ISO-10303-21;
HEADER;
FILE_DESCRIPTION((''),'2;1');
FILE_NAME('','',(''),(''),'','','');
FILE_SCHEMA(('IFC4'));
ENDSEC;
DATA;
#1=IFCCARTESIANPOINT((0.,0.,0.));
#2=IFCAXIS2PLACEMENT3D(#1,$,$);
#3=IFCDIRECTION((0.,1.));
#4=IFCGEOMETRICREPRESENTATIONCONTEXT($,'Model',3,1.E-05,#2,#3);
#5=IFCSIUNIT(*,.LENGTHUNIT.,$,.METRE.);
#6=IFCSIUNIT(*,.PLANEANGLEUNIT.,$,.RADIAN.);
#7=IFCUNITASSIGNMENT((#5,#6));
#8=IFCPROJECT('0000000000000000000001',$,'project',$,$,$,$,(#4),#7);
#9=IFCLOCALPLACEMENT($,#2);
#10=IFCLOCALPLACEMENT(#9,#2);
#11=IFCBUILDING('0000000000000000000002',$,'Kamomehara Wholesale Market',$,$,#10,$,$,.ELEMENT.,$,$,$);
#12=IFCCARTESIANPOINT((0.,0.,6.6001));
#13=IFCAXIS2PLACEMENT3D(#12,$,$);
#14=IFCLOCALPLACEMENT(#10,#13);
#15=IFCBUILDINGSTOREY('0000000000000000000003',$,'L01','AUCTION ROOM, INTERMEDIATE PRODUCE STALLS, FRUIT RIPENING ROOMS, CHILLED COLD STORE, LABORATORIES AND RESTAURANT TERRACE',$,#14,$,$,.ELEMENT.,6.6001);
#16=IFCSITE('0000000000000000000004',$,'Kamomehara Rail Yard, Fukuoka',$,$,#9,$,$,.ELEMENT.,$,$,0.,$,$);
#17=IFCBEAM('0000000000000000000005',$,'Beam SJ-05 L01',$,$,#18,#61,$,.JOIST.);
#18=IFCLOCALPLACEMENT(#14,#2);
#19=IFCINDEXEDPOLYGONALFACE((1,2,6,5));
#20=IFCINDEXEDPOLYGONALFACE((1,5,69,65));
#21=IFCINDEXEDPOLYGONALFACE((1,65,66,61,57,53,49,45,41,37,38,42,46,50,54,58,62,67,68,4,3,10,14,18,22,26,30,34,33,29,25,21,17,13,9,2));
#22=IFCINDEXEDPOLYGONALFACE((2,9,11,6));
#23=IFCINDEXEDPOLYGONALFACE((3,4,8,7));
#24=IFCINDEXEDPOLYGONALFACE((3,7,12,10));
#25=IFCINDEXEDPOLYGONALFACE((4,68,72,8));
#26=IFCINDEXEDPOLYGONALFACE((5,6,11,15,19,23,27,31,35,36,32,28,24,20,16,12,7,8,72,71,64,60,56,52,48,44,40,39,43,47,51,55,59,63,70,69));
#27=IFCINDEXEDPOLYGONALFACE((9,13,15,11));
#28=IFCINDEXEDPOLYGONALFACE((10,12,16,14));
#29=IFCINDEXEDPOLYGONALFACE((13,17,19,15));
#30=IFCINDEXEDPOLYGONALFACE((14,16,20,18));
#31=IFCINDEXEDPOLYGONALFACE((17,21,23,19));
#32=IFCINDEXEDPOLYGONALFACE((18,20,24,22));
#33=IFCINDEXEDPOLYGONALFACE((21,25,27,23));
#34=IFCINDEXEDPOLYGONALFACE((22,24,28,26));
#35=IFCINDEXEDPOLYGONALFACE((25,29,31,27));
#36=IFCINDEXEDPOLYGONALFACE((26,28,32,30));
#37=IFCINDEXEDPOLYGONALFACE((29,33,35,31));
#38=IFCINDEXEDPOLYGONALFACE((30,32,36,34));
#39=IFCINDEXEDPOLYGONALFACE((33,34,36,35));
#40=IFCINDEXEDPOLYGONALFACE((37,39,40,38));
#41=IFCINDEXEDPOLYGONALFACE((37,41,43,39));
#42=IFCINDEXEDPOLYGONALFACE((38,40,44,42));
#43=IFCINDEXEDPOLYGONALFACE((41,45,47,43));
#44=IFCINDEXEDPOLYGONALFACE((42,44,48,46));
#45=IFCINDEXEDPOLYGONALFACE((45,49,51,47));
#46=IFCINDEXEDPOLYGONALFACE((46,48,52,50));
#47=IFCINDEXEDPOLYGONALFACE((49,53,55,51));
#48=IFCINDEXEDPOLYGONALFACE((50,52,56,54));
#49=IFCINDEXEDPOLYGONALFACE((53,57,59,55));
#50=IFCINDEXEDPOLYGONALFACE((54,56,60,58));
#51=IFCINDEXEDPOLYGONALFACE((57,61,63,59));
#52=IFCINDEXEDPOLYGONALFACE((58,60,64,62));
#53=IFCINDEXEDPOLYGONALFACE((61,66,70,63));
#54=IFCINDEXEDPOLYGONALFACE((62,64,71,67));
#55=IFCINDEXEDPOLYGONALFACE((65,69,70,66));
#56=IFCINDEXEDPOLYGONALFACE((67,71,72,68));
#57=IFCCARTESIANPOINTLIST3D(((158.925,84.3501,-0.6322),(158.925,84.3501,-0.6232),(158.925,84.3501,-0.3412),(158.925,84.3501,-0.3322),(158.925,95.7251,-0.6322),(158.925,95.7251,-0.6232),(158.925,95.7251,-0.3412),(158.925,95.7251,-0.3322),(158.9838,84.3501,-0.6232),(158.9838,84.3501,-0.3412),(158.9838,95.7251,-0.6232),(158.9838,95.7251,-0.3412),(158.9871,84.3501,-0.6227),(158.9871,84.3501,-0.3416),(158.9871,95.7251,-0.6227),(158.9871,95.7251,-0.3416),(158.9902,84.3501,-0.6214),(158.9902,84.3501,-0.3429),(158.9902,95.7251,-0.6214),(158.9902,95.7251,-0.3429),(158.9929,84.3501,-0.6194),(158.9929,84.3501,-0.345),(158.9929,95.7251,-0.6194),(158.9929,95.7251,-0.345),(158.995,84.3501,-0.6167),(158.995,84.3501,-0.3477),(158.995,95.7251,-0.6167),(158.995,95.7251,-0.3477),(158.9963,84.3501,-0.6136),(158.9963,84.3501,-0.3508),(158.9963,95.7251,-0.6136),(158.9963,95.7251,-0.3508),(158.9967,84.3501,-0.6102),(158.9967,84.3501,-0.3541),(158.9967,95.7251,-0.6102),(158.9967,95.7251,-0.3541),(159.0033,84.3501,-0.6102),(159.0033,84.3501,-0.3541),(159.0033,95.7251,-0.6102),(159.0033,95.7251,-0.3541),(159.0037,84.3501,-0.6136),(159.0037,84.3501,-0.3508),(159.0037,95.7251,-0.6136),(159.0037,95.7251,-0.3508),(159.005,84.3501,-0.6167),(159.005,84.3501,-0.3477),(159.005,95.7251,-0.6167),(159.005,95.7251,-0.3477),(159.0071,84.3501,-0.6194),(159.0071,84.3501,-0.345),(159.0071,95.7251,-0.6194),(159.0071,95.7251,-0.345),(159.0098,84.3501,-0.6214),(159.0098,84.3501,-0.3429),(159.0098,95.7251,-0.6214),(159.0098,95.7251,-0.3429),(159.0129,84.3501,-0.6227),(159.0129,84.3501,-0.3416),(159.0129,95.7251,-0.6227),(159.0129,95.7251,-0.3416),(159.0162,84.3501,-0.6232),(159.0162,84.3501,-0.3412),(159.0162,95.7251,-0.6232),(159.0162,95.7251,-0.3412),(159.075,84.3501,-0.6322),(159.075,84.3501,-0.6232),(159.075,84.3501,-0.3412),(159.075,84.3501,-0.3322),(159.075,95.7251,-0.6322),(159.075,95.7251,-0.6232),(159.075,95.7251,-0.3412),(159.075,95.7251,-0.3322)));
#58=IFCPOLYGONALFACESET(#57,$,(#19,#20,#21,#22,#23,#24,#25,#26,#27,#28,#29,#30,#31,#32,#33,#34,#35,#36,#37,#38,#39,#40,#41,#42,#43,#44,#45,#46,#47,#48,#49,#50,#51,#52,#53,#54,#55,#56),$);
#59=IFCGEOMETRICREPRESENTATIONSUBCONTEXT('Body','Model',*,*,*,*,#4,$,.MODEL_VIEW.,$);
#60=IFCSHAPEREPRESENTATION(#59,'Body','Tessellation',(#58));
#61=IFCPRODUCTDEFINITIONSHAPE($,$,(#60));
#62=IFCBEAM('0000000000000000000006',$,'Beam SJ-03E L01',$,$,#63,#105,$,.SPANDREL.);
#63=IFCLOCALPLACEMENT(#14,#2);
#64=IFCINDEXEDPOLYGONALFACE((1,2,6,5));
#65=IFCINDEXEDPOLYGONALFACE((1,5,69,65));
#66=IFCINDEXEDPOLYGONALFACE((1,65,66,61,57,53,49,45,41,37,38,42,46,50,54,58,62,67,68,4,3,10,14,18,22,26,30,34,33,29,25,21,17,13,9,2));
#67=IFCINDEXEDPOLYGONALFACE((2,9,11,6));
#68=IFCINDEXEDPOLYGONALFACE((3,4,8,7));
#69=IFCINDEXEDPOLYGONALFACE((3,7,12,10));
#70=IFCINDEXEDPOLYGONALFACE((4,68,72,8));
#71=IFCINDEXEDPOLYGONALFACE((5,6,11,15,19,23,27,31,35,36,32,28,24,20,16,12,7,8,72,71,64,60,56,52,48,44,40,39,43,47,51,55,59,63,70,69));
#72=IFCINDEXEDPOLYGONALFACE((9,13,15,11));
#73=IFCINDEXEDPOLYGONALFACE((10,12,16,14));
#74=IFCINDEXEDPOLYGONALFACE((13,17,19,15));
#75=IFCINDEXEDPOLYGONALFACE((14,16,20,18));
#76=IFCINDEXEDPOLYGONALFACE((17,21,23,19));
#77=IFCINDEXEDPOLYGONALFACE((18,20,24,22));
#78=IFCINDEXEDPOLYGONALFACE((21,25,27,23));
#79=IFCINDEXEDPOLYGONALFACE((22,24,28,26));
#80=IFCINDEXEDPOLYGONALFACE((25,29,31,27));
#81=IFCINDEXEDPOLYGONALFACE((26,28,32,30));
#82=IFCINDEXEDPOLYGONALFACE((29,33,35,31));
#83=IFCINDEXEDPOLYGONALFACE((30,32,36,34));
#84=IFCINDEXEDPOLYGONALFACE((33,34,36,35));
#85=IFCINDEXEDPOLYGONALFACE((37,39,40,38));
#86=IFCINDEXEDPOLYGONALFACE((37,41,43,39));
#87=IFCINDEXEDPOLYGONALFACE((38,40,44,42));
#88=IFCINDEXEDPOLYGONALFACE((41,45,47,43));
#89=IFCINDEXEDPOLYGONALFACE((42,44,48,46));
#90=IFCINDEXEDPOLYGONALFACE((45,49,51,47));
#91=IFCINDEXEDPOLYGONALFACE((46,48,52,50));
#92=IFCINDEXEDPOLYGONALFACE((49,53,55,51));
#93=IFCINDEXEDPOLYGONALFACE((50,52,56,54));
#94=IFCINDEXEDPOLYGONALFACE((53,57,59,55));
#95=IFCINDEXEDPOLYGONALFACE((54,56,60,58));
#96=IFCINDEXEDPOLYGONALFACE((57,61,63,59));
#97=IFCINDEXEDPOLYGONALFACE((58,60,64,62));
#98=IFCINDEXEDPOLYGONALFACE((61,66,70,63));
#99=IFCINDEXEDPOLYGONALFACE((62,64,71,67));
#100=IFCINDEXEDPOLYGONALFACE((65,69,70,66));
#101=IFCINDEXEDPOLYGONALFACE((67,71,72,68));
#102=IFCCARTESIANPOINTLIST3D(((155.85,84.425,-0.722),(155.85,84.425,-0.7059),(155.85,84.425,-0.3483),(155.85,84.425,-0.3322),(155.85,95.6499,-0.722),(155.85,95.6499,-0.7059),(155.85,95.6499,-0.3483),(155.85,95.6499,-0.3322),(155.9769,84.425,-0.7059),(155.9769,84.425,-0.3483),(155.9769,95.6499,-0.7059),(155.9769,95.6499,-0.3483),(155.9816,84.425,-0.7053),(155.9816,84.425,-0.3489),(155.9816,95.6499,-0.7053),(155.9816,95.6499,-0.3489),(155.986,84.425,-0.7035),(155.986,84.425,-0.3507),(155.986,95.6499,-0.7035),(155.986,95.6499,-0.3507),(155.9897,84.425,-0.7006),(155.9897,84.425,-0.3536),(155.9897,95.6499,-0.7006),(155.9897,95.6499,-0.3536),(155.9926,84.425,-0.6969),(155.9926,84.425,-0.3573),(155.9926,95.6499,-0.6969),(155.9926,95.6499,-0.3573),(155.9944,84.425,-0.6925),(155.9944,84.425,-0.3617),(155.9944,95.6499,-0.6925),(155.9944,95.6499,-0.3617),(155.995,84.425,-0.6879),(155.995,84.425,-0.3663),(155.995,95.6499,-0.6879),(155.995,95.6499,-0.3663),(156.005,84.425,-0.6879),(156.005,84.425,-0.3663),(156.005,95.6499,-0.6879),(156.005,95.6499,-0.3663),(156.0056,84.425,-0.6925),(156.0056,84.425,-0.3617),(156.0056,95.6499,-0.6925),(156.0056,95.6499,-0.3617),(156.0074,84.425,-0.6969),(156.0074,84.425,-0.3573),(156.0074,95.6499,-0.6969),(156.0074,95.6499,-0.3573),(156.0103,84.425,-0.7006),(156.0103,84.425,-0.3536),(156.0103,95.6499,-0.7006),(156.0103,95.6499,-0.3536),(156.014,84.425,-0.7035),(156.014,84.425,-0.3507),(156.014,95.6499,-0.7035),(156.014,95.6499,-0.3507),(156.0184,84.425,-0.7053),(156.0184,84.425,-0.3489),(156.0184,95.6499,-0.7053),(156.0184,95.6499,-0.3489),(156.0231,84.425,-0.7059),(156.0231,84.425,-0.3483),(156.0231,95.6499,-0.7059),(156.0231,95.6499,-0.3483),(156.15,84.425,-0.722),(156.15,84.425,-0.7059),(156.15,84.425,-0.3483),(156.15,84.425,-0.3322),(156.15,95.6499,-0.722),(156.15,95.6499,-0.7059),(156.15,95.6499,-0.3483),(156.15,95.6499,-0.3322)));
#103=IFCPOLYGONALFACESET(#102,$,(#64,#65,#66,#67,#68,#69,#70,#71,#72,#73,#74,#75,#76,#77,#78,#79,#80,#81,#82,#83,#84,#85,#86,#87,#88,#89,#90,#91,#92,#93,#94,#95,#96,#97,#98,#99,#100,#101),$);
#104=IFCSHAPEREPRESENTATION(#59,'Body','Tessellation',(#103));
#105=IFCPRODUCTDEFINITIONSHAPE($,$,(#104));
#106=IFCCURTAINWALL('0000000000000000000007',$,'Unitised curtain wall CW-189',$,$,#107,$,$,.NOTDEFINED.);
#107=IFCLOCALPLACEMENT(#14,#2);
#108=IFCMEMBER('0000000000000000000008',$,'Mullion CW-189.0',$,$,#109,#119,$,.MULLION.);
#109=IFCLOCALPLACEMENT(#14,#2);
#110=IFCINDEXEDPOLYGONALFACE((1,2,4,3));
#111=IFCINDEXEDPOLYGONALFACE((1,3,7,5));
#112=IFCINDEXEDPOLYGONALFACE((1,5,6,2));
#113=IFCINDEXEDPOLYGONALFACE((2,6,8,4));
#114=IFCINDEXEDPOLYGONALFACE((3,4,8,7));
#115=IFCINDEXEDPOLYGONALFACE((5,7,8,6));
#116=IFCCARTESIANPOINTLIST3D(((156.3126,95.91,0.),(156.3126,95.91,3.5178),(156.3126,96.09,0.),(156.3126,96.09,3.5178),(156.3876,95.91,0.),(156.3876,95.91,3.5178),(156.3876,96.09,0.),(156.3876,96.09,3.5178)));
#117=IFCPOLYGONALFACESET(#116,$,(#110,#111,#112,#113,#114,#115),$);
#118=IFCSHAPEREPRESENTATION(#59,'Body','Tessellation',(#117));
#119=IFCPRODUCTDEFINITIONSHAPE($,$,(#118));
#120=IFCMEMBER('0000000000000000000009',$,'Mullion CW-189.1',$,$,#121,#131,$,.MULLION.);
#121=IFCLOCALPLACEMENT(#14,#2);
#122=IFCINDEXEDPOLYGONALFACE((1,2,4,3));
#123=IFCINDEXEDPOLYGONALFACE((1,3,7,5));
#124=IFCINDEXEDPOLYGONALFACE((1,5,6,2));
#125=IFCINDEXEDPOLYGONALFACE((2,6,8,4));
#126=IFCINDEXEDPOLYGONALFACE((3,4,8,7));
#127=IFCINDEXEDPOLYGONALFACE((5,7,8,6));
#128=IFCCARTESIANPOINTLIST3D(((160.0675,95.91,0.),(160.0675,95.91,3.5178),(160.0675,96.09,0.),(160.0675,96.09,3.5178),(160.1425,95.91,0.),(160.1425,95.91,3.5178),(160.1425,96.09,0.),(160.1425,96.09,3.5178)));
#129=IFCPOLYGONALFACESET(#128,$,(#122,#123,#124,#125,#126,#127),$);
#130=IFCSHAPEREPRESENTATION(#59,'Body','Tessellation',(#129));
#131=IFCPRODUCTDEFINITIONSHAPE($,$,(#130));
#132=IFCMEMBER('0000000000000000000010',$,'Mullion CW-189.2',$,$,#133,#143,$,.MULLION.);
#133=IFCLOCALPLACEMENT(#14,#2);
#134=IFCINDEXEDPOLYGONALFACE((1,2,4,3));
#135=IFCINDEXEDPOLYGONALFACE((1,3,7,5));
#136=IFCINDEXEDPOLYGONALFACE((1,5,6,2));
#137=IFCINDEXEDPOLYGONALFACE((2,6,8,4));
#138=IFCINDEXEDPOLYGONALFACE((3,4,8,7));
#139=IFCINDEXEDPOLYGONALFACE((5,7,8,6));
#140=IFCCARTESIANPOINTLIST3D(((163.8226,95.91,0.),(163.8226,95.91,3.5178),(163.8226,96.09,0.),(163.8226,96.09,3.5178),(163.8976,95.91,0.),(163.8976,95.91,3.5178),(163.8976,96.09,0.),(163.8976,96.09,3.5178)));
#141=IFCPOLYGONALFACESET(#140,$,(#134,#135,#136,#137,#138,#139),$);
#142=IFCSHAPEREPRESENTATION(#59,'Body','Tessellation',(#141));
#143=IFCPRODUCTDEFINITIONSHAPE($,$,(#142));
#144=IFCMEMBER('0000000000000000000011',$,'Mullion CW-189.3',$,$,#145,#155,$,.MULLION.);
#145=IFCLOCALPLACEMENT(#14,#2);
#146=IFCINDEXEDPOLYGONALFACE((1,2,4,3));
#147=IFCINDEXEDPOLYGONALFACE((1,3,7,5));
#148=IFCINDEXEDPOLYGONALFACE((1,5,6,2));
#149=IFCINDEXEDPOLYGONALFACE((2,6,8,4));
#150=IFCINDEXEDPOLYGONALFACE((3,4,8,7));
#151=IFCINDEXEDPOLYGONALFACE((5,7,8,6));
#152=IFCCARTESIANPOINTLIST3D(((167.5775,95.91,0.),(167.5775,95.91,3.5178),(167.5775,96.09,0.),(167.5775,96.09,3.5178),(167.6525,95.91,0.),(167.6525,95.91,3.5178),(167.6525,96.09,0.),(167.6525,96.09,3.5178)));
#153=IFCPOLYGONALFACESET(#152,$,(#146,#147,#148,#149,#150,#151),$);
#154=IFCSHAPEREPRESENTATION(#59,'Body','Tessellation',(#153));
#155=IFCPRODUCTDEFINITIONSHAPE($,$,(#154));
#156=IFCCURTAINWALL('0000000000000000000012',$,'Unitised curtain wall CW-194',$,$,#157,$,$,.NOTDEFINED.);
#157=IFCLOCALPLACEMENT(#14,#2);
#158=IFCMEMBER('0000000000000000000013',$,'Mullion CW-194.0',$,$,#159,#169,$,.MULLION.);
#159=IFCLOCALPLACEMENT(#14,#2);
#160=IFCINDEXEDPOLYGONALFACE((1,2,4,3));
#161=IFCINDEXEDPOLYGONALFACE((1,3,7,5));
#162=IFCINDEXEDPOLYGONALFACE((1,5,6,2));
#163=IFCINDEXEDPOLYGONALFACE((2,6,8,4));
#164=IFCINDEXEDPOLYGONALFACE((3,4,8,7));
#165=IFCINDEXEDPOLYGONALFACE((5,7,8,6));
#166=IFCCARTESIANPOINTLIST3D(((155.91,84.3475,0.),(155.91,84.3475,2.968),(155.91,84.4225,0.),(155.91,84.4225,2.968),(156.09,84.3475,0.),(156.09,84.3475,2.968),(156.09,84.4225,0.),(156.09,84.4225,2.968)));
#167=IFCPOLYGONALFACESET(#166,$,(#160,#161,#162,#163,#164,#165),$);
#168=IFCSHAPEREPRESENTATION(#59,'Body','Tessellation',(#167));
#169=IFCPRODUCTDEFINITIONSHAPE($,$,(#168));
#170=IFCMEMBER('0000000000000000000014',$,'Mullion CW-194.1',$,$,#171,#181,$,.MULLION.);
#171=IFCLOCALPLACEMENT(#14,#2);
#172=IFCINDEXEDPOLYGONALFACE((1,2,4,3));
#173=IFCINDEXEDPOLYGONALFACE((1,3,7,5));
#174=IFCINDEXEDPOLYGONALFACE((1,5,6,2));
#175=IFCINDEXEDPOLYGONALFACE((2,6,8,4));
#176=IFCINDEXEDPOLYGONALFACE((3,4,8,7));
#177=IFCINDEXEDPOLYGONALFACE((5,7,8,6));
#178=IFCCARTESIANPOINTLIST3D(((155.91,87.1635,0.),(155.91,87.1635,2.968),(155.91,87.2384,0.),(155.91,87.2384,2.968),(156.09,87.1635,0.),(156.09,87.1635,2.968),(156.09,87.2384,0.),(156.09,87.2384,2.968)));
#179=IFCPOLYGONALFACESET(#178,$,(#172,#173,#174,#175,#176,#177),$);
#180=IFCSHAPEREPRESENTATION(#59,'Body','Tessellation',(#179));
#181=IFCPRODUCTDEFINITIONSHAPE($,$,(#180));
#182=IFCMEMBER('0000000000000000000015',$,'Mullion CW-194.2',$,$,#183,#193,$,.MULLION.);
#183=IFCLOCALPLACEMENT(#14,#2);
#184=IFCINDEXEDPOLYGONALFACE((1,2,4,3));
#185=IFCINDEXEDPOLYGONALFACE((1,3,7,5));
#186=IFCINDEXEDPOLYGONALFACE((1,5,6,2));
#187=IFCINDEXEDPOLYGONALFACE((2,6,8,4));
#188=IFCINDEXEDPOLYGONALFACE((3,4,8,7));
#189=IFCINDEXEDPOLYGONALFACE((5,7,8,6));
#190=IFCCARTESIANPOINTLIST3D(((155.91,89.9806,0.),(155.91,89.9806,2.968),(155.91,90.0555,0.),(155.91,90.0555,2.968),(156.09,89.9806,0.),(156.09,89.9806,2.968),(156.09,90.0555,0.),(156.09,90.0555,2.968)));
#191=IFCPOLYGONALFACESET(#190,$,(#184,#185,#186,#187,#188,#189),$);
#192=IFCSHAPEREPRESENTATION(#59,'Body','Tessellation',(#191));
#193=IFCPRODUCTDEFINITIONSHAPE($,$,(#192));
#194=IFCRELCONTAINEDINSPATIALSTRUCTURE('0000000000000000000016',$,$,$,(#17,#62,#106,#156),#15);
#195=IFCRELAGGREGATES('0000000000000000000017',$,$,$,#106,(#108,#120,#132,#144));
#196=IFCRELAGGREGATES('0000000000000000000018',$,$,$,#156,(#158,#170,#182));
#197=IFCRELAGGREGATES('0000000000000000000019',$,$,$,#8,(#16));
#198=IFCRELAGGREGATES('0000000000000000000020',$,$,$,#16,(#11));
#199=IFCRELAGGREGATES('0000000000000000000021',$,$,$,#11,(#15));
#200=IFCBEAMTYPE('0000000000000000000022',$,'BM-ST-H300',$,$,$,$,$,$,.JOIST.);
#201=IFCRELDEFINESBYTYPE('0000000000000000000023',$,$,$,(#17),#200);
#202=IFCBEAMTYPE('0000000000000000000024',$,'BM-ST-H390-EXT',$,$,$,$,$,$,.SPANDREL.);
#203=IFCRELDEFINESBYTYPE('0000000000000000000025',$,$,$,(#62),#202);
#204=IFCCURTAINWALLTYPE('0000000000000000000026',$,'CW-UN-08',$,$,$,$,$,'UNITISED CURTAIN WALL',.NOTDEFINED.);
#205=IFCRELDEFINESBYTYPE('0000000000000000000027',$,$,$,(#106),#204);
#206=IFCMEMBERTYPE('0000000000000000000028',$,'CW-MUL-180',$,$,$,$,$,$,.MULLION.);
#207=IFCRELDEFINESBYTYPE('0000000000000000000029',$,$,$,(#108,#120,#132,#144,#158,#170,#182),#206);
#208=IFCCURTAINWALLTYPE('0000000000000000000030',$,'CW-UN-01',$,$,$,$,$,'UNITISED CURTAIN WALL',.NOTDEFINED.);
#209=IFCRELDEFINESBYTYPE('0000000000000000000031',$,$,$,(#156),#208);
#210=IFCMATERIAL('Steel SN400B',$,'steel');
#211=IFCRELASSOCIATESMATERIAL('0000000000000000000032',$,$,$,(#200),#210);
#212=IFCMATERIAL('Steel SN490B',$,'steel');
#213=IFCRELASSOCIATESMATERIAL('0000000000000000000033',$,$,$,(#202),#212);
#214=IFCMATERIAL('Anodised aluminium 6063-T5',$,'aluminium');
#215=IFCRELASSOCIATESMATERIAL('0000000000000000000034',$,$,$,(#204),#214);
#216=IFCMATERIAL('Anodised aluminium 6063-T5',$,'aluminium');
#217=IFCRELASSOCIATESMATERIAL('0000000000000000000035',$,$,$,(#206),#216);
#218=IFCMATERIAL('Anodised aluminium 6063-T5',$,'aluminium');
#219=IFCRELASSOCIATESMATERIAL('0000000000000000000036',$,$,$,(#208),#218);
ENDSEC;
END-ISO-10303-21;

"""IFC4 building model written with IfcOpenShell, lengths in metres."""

from ifc_helpers import new_model, si_unit, direction, frame, origin, origin_2d, place, context, subcontext, project, spatial, rectangle, i_section, extrude, material, material_profile, profile_set, type_object, element, aggregate, save


model = new_model("IFC4")

# Units and contexts
model_context = context("Model", 3, precision=1e-05, world=origin(), true_north=direction((0.0, 1.0)))
body_context = subcontext(model_context, "Body", "Model", "MODEL_VIEW")
ifc_project = project(units=[si_unit("LENGTHUNIT", "METRE"), si_unit("PLANEANGLEUNIT", "RADIAN")], contexts=[model_context])

# Site, building, storey
site_placement = place(None, origin())
site = spatial("IfcSite", under=ifc_project, at=site_placement, Name="Kamomehara Rail Yard, Fukuoka", CompositionType="ELEMENT", RefElevation=0.0)
building_placement = place(site_placement, origin())
building = spatial("IfcBuilding", under=site, at=building_placement, Name="Kamomehara Wholesale Market", CompositionType="ELEMENT")
storey_placement = place(building_placement, frame((0.0, 0.0, 6.6001)))
storey = spatial("IfcBuildingStorey", under=building, at=storey_placement, Name="L01", Description="AUCTION ROOM, INTERMEDIATE PRODUCE STALLS, FRUIT RIPENING ROOMS, CHILLED COLD STORE, LABORATORIES AND RESTAURANT TERRACE", CompositionType="ELEMENT", Elevation=6.6001)

# Beams
ifc_material_1 = material(Name="Steel SN400B", Category="steel")
ifc_material_profile_1 = material_profile(ifc_material_1, i_section(OverallWidth=0.1499, OverallDepth=0.3, WebThickness=0.0066, FlangeThickness=0.009, FilletRadius=0.0129, at=origin_2d()), Name="H-300x150x6.5x9")
ifc_profile_set_1 = profile_set([ifc_material_profile_1], Name="Steel SN400B")
beam_type_1 = type_object("IfcBeamType", Name="BM-ST-H300", PredefinedType="JOIST", material=ifc_profile_set_1)
beam_1_placement = place(storey_placement, frame((159.0, 84.3501, -0.4822), z_axis=(0.0, 1.0, 0.0), x_axis=(-1.0, 0.0, 0.0)))
element("IfcBeam", 1, at=beam_1_placement, inside=storey, type_object=beam_type_1, Name="Beam SJ-05 L01", PredefinedType="JOIST", context=body_context, shape_type="SweptSolid", body=[
    extrude(i_section(OverallWidth=0.1499, OverallDepth=0.3, WebThickness=0.0066, FlangeThickness=0.009, FilletRadius=0.0129, at=origin_2d()), origin(), (0.0, 0.0, 1.0), 11.375),
])
ifc_material_2 = material(Name="Steel SN490B", Category="steel")
ifc_material_profile_2 = material_profile(ifc_material_2, i_section(OverallWidth=0.3, OverallDepth=0.3899, WebThickness=0.01, FlangeThickness=0.0161, FilletRadius=0.0181, at=origin_2d()), Name="H-390x300x10x16")
ifc_profile_set_2 = profile_set([ifc_material_profile_2], Name="Steel SN490B")
beam_type_2 = type_object("IfcBeamType", Name="BM-ST-H390-EXT", PredefinedType="SPANDREL", material=ifc_profile_set_2)
beam_2_placement = place(storey_placement, frame((156.0, 84.425, -0.5271), z_axis=(0.0, 1.0, 0.0), x_axis=(-1.0, 0.0, 0.0)))
element("IfcBeam", 2, at=beam_2_placement, inside=storey, type_object=beam_type_2, Name="Beam SJ-03E L01", PredefinedType="SPANDREL", context=body_context, shape_type="SweptSolid", body=[
    extrude(i_section(OverallWidth=0.3, OverallDepth=0.3899, WebThickness=0.01, FlangeThickness=0.0161, FilletRadius=0.0181, at=origin_2d()), origin(), (0.0, 0.0, 1.0), 11.2249),
])

# Curtain walls, members
ifc_material_3 = material(Name="Anodised aluminium 6063-T5", Category="aluminium")
curtain_wall_type_1 = type_object("IfcCurtainWallType", Name="CW-UN-08", ElementType="UNITISED CURTAIN WALL", PredefinedType="NOTDEFINED", material=ifc_material_3)
curtain_wall_1_placement = place(storey_placement, origin())
curtain_wall_1 = element("IfcCurtainWall", 3, at=curtain_wall_1_placement, inside=storey, type_object=curtain_wall_type_1, Name="Unitised curtain wall CW-189", PredefinedType="NOTDEFINED")
ifc_material_4 = material(Name="Anodised aluminium 6063-T5", Category="aluminium")
ifc_material_profile_3 = material_profile(ifc_material_4, rectangle(XDim=0.075, YDim=0.1799, at=origin_2d()), Name="ALU-MUL-75x180")
ifc_profile_set_3 = profile_set([ifc_material_profile_3], Name="Anodised aluminium 6063-T5")
member_type_1 = type_object("IfcMemberType", Name="CW-MUL-180", PredefinedType="MULLION", material=ifc_profile_set_3)
member_1_placement = place(storey_placement, frame((156.3501, 96.0, 0.0), z_axis=(0.0, 0.0, 1.0), x_axis=(1.0, 0.0, 0.0)))
member_1 = element("IfcMember", 4, at=member_1_placement, type_object=member_type_1, Name="Mullion CW-189.0", PredefinedType="MULLION", context=body_context, shape_type="SweptSolid", body=[
    extrude(rectangle(XDim=0.075, YDim=0.1799, at=origin_2d()), origin(), (0.0, 0.0, 1.0), 3.5178),
])
member_2_placement = place(storey_placement, frame((160.105, 96.0, 0.0), z_axis=(0.0, 0.0, 1.0), x_axis=(1.0, 0.0, 0.0)))
member_2 = element("IfcMember", 5, at=member_2_placement, type_object=member_type_1, Name="Mullion CW-189.1", PredefinedType="MULLION", context=body_context, shape_type="SweptSolid", body=[
    extrude(rectangle(XDim=0.075, YDim=0.1799, at=origin_2d()), origin(), (0.0, 0.0, 1.0), 3.5178),
])
member_3_placement = place(storey_placement, frame((163.8601, 96.0, 0.0), z_axis=(0.0, 0.0, 1.0), x_axis=(1.0, 0.0, 0.0)))
member_3 = element("IfcMember", 6, at=member_3_placement, type_object=member_type_1, Name="Mullion CW-189.2", PredefinedType="MULLION", context=body_context, shape_type="SweptSolid", body=[
    extrude(rectangle(XDim=0.075, YDim=0.1799, at=origin_2d()), origin(), (0.0, 0.0, 1.0), 3.5178),
])
member_4_placement = place(storey_placement, frame((167.615, 96.0, 0.0), z_axis=(0.0, 0.0, 1.0), x_axis=(1.0, 0.0, 0.0)))
member_4 = element("IfcMember", 7, at=member_4_placement, type_object=member_type_1, Name="Mullion CW-189.3", PredefinedType="MULLION", context=body_context, shape_type="SweptSolid", body=[
    extrude(rectangle(XDim=0.075, YDim=0.1799, at=origin_2d()), origin(), (0.0, 0.0, 1.0), 3.5178),
])
ifc_material_5 = material(Name="Anodised aluminium 6063-T5", Category="aluminium")
curtain_wall_type_2 = type_object("IfcCurtainWallType", Name="CW-UN-01", ElementType="UNITISED CURTAIN WALL", PredefinedType="NOTDEFINED", material=ifc_material_5)
curtain_wall_2_placement = place(storey_placement, origin())
curtain_wall_2 = element("IfcCurtainWall", 8, at=curtain_wall_2_placement, inside=storey, type_object=curtain_wall_type_2, Name="Unitised curtain wall CW-194", PredefinedType="NOTDEFINED")
member_5_placement = place(storey_placement, frame((156.0, 84.385, 0.0), z_axis=(0.0, 0.0, 1.0), x_axis=(0.0, 1.0, 0.0)))
member_5 = element("IfcMember", 9, at=member_5_placement, type_object=member_type_1, Name="Mullion CW-194.0", PredefinedType="MULLION", context=body_context, shape_type="SweptSolid", body=[
    extrude(rectangle(XDim=0.075, YDim=0.1799, at=origin_2d()), origin(), (0.0, 0.0, 1.0), 2.968),
])
member_6_placement = place(storey_placement, frame((156.0, 87.2009, 0.0), z_axis=(0.0, 0.0, 1.0), x_axis=(0.0, 1.0, 0.0)))
member_6 = element("IfcMember", 10, at=member_6_placement, type_object=member_type_1, Name="Mullion CW-194.1", PredefinedType="MULLION", context=body_context, shape_type="SweptSolid", body=[
    extrude(rectangle(XDim=0.075, YDim=0.1799, at=origin_2d()), origin(), (0.0, 0.0, 1.0), 2.968),
])
member_7_placement = place(storey_placement, frame((156.0, 90.0181, 0.0), z_axis=(0.0, 0.0, 1.0), x_axis=(0.0, 1.0, 0.0)))
member_7 = element("IfcMember", 11, at=member_7_placement, type_object=member_type_1, Name="Mullion CW-194.2", PredefinedType="MULLION", context=body_context, shape_type="SweptSolid", body=[
    extrude(rectangle(XDim=0.075, YDim=0.1799, at=origin_2d()), origin(), (0.0, 0.0, 1.0), 2.968),
])

aggregate(curtain_wall_1, [member_1, member_2, member_3, member_4])
aggregate(curtain_wall_2, [member_5, member_6, member_7])

save(model, "model.ifc")
